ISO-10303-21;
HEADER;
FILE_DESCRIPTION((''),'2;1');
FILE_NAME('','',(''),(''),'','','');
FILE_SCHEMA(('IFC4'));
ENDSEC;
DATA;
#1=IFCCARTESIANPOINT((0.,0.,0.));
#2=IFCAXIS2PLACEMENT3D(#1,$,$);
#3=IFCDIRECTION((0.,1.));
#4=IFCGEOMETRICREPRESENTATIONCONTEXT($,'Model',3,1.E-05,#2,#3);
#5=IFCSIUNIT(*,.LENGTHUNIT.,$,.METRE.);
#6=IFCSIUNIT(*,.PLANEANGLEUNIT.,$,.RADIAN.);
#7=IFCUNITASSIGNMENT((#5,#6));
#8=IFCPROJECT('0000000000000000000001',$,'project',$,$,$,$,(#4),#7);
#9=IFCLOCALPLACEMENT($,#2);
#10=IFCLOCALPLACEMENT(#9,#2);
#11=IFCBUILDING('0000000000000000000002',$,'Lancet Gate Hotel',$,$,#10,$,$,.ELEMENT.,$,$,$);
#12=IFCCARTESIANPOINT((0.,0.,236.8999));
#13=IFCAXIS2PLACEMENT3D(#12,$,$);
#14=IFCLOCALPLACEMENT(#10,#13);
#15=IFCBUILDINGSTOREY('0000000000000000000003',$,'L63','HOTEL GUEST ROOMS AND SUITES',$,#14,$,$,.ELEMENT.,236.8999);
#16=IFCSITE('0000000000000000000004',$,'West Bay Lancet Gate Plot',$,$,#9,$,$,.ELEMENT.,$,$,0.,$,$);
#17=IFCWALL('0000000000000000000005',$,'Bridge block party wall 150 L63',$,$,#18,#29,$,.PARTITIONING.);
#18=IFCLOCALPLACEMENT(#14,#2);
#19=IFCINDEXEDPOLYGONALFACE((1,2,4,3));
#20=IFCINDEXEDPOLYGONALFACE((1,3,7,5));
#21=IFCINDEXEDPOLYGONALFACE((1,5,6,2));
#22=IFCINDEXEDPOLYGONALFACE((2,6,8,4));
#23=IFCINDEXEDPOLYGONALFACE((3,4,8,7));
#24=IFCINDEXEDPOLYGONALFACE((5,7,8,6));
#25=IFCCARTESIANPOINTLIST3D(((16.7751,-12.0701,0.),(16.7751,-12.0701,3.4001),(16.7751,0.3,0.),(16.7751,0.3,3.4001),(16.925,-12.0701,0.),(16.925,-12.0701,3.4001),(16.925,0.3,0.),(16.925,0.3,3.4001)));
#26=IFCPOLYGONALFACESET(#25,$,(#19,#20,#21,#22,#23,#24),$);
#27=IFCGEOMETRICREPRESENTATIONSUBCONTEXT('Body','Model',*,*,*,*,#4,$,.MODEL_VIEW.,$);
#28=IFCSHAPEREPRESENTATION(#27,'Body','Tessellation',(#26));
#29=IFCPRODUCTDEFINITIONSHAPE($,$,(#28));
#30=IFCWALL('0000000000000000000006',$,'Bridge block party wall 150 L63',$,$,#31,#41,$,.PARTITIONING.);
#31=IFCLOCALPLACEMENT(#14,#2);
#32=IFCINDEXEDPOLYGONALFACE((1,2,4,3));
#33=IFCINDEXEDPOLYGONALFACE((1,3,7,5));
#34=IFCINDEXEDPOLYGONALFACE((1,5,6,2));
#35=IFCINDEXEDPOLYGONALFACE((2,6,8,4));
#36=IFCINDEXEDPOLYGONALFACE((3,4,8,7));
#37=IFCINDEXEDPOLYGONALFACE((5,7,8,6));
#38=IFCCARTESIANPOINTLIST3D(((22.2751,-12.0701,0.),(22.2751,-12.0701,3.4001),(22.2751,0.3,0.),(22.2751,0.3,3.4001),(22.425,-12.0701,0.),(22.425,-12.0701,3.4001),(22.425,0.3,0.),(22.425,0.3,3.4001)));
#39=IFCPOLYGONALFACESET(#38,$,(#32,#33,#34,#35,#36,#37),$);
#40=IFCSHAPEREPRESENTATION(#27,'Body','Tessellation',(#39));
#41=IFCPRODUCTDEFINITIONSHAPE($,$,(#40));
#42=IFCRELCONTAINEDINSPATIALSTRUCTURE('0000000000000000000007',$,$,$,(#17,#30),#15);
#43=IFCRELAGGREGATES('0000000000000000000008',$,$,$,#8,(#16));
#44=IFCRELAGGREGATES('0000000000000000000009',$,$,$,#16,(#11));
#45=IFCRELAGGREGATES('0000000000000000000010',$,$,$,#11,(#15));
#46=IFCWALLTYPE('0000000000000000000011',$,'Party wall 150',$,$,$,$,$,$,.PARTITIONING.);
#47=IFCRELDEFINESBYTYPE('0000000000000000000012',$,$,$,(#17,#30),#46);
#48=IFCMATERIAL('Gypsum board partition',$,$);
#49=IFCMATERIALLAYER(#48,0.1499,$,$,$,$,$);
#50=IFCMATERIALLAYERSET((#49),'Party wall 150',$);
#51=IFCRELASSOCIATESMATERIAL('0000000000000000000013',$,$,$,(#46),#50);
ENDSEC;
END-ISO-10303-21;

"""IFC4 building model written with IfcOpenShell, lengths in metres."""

from ifc_helpers import new_model, si_unit, direction, frame, frame_2d, origin, place, context, subcontext, project, spatial, rectangle, extrude, material, layer, layer_set, type_object, element, save


model = new_model("IFC4")

# Units and contexts
model_context = context("Model", 3, precision=1e-05, world=origin(), true_north=direction((0.0, 1.0)))
body_context = subcontext(model_context, "Body", "Model", "MODEL_VIEW")
ifc_project = project(units=[si_unit("LENGTHUNIT", "METRE"), si_unit("PLANEANGLEUNIT", "RADIAN")], contexts=[model_context])

# Site, building, storey
site_placement = place(None, origin())
site = spatial("IfcSite", under=ifc_project, at=site_placement, Name="West Bay Lancet Gate Plot", CompositionType="ELEMENT", RefElevation=0.0)
building_placement = place(site_placement, origin())
building = spatial("IfcBuilding", under=site, at=building_placement, Name="Lancet Gate Hotel", CompositionType="ELEMENT")
storey_placement = place(building_placement, frame((0.0, 0.0, 236.8999)))
storey = spatial("IfcBuildingStorey", under=building, at=storey_placement, Name="L63", Description="HOTEL GUEST ROOMS AND SUITES", CompositionType="ELEMENT", Elevation=236.8999)

# Walls
ifc_material_1 = material(Name="Gypsum board partition")
ifc_layer_1 = layer(ifc_material_1, 0.1499)
ifc_layer_set_1 = layer_set([ifc_layer_1], Name="Party wall 150")
wall_type_1 = type_object("IfcWallType", Name="Party wall 150", PredefinedType="PARTITIONING", material=ifc_layer_set_1)
for number, where, z_axis, x_axis, name in (
    (1, (16.8501, -12.0701, 0.0), (0.0, 0.0, 1.0), (0.0, 1.0, 0.0), "Bridge block party wall 150 L63"),
    (2, (22.3501, -12.0701, 0.0), (0.0, 0.0, 1.0), (0.0, 1.0, 0.0), "Bridge block party wall 150 L63"),
):
    element("IfcWall", number, at=place(storey_placement, frame(where, z_axis=z_axis, x_axis=x_axis)), inside=storey, type_object=wall_type_1, Name=name, PredefinedType="PARTITIONING", context=body_context, shape_type="SweptSolid", body=[
        extrude(rectangle(XDim=12.3701, YDim=0.1499, at=frame_2d((6.1851, 0.0))), origin(), (0.0, 0.0, 1.0), 3.4001),
    ])

save(model, "model.ifc")
